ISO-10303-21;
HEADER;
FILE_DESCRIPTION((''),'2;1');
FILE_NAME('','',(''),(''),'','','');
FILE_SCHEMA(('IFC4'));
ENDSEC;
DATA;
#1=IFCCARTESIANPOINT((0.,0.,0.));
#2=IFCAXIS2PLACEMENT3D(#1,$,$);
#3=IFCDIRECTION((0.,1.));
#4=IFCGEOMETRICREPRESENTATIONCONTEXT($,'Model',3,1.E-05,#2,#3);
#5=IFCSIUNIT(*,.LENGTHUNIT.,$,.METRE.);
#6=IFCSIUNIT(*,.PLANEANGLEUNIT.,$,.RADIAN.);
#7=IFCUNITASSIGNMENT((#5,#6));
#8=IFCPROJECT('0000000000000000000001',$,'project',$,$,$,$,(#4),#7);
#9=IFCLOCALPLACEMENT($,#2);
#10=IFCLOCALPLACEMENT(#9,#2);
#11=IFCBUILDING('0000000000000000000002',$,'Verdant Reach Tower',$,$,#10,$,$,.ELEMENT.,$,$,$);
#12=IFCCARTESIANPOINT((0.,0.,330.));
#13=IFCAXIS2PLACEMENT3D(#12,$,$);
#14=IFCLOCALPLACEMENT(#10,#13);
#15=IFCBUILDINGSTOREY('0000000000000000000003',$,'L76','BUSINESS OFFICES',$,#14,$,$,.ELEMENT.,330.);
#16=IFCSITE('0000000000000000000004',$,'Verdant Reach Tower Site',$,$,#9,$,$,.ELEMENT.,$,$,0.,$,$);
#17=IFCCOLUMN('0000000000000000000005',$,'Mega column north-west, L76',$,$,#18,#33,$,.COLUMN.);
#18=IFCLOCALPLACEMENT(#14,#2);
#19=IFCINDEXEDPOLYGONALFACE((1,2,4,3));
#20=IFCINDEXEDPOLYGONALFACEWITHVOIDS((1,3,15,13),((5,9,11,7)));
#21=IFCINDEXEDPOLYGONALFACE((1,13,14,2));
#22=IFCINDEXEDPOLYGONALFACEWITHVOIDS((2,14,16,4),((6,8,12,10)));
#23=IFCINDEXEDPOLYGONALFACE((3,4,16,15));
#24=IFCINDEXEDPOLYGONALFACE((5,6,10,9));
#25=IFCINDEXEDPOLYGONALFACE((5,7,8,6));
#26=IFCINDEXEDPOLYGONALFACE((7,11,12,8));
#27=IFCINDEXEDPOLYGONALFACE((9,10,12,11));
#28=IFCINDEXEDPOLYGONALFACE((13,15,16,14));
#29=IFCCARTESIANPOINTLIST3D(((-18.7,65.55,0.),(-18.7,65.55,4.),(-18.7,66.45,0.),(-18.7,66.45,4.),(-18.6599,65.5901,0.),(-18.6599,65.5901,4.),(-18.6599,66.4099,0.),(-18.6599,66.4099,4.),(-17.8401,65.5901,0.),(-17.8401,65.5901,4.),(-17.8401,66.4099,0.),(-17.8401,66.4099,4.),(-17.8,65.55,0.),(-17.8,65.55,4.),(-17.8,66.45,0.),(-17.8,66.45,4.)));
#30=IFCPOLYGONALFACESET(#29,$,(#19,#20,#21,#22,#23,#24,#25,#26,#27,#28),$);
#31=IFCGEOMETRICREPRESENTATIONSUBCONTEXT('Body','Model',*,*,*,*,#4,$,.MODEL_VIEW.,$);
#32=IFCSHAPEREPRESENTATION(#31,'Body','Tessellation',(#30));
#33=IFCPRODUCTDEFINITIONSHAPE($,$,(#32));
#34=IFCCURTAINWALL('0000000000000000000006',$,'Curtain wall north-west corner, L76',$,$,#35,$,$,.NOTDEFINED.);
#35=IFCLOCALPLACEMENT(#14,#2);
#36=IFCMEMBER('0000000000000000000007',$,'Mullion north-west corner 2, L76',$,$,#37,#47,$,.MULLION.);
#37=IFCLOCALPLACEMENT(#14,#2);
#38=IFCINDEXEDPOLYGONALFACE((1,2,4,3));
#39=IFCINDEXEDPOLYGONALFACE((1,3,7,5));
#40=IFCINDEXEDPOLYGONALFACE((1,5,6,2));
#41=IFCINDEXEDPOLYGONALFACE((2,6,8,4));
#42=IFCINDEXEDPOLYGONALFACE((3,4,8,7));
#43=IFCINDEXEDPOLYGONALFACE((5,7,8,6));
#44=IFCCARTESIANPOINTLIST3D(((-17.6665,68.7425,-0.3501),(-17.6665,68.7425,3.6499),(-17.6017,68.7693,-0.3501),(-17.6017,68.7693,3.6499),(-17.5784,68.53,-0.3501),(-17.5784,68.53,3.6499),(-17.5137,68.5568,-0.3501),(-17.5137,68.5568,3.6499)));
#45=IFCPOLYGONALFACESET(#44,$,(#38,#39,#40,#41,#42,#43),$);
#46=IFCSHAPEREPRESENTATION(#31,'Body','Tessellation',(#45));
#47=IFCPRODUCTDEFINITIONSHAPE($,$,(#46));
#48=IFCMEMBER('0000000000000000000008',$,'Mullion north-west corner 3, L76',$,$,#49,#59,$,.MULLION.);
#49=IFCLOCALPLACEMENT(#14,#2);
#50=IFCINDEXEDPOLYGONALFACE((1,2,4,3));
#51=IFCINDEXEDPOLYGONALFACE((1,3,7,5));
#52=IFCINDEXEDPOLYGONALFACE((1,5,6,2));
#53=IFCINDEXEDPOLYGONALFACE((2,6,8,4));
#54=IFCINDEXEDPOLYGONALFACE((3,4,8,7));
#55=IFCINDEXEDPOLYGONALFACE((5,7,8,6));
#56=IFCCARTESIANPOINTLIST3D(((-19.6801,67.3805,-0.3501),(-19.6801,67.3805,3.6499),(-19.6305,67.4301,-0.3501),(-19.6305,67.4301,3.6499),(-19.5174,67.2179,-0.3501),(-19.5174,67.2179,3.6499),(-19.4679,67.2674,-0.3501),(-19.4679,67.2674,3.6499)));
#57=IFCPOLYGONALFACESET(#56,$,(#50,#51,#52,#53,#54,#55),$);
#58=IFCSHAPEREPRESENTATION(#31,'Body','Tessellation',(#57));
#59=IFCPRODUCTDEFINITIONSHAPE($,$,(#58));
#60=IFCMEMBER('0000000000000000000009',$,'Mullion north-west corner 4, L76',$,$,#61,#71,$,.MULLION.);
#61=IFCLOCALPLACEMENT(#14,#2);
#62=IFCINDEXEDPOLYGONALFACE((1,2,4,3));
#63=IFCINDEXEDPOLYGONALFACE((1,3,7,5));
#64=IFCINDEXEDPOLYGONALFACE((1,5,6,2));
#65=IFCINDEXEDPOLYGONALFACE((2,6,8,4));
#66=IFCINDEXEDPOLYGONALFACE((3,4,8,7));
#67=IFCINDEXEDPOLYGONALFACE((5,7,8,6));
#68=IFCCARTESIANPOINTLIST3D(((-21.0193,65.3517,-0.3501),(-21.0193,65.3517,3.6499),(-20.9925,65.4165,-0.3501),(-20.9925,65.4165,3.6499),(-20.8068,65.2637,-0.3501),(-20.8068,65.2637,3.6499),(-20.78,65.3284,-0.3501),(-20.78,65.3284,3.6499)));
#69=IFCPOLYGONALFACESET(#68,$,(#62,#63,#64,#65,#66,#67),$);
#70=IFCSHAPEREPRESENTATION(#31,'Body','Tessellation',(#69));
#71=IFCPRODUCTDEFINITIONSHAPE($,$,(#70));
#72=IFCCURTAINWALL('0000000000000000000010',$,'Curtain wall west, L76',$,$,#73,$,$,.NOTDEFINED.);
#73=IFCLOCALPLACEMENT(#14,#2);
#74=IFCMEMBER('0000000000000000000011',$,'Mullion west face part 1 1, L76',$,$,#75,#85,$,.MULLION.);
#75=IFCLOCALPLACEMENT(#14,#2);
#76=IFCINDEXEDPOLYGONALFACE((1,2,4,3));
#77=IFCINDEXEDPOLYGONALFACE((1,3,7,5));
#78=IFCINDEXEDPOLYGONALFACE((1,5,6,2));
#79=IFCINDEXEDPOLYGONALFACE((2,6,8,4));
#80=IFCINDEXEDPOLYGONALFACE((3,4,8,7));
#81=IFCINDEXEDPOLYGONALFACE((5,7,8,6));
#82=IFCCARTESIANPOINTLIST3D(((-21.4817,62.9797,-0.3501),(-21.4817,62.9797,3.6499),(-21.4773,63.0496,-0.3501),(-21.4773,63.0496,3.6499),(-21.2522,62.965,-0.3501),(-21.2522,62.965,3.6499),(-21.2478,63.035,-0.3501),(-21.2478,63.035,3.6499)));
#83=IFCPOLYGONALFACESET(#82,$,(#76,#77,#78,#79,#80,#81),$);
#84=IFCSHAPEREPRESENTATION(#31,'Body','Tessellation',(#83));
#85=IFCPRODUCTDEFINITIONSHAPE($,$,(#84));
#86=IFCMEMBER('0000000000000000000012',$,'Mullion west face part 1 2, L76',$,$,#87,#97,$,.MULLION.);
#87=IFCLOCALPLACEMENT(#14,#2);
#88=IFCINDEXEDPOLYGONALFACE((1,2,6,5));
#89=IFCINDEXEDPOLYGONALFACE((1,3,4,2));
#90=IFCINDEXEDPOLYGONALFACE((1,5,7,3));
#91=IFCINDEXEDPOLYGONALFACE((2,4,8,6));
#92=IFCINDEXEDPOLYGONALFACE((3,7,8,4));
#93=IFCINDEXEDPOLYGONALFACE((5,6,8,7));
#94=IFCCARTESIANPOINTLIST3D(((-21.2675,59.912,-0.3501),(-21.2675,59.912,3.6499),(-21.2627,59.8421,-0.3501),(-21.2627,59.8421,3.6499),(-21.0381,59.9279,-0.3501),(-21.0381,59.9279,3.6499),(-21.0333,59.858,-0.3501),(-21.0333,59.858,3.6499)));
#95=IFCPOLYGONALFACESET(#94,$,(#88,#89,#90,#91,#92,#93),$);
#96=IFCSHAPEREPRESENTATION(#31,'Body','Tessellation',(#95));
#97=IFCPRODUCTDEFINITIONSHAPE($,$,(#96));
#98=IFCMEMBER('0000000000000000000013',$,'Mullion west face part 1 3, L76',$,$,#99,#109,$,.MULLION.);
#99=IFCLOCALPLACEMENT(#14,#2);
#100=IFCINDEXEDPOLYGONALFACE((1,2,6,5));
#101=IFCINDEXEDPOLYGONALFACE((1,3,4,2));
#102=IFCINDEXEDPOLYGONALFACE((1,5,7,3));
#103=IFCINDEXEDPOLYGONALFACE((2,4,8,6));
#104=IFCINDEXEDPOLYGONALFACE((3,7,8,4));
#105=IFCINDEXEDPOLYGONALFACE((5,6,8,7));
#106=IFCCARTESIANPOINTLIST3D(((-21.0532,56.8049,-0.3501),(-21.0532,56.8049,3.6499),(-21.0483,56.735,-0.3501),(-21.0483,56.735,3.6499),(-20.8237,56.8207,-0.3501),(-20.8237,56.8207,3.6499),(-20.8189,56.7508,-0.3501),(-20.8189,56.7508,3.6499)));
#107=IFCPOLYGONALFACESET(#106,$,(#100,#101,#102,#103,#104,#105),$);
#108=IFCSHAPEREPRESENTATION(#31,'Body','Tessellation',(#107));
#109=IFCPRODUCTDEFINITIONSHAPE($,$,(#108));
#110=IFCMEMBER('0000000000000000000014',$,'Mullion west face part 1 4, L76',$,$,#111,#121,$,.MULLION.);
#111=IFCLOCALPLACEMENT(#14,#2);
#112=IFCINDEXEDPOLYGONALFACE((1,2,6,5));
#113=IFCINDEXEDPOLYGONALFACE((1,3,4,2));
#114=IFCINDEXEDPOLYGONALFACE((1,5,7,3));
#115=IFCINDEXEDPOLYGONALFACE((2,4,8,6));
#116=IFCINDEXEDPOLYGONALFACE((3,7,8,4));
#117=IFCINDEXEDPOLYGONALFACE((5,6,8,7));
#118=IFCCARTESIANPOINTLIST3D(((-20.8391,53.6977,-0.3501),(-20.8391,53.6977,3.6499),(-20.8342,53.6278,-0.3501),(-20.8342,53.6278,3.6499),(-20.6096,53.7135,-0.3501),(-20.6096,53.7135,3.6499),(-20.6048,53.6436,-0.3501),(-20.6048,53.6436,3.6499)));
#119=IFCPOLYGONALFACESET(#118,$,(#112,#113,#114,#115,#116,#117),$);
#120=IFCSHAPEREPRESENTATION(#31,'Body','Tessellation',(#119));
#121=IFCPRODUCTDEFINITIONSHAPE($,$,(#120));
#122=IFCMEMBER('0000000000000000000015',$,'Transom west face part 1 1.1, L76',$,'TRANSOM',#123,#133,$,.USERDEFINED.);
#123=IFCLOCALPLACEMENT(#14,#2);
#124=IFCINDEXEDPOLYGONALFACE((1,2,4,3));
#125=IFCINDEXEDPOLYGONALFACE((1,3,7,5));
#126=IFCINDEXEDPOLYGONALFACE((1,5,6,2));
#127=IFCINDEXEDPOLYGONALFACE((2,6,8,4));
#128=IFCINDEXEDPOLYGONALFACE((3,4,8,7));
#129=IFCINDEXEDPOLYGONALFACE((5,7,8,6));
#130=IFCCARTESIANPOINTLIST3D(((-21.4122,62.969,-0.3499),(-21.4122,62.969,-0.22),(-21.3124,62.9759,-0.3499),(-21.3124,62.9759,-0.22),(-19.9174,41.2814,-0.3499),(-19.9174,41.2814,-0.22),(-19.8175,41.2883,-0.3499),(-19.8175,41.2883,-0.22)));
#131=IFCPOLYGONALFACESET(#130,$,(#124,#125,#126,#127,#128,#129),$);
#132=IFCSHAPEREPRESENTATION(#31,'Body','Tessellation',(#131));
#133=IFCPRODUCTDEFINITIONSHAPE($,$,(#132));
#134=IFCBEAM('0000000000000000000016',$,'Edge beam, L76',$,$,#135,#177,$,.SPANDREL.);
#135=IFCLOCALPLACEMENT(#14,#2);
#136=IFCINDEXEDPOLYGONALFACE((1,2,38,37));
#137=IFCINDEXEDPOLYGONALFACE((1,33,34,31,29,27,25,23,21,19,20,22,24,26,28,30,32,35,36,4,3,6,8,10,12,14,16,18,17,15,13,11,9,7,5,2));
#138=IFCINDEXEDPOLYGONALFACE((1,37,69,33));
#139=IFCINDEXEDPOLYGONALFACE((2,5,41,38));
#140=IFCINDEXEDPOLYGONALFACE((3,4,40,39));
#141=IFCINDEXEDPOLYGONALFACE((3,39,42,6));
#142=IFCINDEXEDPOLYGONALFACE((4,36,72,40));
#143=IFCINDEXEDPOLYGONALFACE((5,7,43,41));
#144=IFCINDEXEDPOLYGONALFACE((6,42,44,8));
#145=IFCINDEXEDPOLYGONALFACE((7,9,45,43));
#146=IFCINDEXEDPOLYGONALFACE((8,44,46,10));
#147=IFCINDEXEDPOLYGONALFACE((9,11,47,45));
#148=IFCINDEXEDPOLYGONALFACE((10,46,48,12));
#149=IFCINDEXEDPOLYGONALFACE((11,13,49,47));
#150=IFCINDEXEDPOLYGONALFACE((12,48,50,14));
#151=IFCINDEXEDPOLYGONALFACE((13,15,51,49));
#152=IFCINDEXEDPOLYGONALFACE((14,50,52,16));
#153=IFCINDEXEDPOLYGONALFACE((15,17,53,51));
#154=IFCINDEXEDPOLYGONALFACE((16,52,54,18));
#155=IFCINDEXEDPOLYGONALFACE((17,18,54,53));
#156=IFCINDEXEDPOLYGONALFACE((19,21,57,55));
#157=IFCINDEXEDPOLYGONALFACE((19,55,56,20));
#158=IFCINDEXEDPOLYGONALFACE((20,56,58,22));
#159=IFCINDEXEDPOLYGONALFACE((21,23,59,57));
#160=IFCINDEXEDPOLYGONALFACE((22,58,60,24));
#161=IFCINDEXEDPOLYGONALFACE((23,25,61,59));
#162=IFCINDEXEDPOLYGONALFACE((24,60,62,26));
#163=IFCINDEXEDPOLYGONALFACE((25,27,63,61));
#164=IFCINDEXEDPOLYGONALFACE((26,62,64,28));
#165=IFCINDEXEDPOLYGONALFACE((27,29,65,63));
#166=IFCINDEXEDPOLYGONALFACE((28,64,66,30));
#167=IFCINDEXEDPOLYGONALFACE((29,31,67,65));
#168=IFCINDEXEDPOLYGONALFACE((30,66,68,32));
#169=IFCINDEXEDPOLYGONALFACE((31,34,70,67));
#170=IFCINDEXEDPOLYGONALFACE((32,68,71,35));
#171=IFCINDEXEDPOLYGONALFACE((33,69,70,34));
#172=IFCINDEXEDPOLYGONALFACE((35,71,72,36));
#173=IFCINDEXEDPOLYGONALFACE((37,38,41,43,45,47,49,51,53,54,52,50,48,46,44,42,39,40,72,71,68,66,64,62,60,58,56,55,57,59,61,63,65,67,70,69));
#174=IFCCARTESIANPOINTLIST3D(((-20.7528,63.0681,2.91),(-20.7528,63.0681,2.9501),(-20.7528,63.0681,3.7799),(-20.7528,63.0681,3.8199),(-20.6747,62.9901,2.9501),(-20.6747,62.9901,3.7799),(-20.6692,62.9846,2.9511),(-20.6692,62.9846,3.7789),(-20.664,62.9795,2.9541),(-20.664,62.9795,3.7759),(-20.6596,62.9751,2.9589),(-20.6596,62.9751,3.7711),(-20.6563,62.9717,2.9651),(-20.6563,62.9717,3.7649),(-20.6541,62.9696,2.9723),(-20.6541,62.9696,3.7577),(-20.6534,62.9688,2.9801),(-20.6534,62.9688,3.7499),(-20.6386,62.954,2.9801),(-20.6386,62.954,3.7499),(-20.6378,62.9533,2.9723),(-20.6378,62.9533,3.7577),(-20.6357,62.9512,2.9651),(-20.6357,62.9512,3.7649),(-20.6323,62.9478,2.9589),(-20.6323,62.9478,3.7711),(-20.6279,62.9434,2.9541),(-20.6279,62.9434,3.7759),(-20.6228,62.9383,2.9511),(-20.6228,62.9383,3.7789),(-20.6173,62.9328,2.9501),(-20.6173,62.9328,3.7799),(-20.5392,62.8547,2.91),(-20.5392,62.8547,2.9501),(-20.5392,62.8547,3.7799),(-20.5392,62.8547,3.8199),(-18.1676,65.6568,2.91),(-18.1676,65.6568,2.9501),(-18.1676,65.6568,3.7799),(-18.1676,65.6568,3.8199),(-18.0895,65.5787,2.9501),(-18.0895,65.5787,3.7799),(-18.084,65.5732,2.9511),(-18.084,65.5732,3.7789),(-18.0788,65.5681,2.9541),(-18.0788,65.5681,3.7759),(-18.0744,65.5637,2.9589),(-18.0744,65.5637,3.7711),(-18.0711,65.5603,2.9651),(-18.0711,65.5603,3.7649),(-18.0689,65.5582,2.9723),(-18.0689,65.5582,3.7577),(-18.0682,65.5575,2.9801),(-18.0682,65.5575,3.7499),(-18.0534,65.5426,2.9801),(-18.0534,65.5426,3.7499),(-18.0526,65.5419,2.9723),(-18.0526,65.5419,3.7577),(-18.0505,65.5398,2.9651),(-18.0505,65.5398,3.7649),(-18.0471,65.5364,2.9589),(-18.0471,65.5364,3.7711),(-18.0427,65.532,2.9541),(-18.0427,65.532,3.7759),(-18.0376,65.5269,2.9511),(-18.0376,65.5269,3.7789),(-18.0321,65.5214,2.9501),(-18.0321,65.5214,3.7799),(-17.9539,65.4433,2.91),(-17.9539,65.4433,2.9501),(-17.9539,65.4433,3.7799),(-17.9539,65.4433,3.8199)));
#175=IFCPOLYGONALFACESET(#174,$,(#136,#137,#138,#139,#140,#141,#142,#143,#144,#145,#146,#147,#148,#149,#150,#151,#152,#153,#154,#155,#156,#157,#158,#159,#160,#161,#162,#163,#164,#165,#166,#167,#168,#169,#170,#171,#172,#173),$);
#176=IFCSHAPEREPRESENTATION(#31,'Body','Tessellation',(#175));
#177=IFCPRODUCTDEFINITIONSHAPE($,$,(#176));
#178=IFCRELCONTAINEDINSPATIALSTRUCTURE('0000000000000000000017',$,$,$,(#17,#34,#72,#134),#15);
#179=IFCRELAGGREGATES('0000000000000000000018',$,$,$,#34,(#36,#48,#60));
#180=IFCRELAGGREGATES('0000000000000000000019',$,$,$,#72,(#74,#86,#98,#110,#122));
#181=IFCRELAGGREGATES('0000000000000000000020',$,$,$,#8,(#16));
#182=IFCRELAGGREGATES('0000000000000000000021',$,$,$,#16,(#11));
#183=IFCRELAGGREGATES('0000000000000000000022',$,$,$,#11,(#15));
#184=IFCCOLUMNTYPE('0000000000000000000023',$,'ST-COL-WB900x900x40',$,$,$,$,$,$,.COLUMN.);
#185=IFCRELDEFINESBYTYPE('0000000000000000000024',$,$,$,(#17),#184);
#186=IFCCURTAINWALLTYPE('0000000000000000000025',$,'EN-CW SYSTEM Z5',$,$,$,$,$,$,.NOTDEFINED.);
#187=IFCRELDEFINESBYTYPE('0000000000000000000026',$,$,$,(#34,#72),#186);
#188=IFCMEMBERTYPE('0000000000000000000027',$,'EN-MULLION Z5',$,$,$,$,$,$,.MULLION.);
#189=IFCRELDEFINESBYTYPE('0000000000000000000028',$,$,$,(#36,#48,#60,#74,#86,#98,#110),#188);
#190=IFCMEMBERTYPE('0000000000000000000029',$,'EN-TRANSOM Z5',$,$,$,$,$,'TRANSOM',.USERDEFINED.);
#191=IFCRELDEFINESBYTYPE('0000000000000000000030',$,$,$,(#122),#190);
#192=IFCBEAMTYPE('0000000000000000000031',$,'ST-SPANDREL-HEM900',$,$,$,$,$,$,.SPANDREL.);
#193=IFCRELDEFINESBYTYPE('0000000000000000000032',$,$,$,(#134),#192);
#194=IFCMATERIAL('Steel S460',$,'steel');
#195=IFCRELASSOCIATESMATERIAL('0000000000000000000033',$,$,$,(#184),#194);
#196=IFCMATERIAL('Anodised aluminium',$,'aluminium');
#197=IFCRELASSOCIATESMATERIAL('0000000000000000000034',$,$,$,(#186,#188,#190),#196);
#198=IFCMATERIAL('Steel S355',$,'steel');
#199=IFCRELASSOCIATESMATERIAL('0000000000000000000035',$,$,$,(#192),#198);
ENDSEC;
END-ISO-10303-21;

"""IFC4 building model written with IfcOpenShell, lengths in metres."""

from ifc_helpers import new_model, si_unit, direction, frame, origin, origin_2d, place, context, subcontext, project, spatial, rectangle, hollow_rectangle, i_section, extrude, material, material_profile, profile_set, type_object, element, aggregate, save


model = new_model("IFC4")

# Units and contexts
model_context = context("Model", 3, precision=1e-05, world=origin(), true_north=direction((0.0, 1.0)))
body_context = subcontext(model_context, "Body", "Model", "MODEL_VIEW")
ifc_project = project(units=[si_unit("LENGTHUNIT", "METRE"), si_unit("PLANEANGLEUNIT", "RADIAN")], contexts=[model_context])

# Site, building, storey
site_placement = place(None, origin())
site = spatial("IfcSite", under=ifc_project, at=site_placement, Name="Verdant Reach Tower Site", CompositionType="ELEMENT", RefElevation=0.0)
building_placement = place(site_placement, origin())
building = spatial("IfcBuilding", under=site, at=building_placement, Name="Verdant Reach Tower", CompositionType="ELEMENT")
storey_placement = place(building_placement, frame((0.0, 0.0, 330.0)))
storey = spatial("IfcBuildingStorey", under=building, at=storey_placement, Name="L76", Description="BUSINESS OFFICES", CompositionType="ELEMENT", Elevation=330.0)

# Column
ifc_material_1 = material(Name="Steel S460", Category="steel")
ifc_material_profile_1 = material_profile(ifc_material_1, hollow_rectangle(XDim=0.8999, YDim=0.8999, WallThickness=0.04, at=origin_2d()), Name="WB 900x900x40")
ifc_profile_set_1 = profile_set([ifc_material_profile_1], Name="Steel S460")
column_type = type_object("IfcColumnType", Name="ST-COL-WB900x900x40", PredefinedType="COLUMN", material=ifc_profile_set_1)
column_placement = place(storey_placement, frame((-18.25, 66.0, 0.0), z_axis=(0.0, 0.0, 1.0), x_axis=(1.0, 0.0, 0.0)))
element("IfcColumn", 1, at=column_placement, inside=storey, type_object=column_type, Name="Mega column north-west, L76", PredefinedType="COLUMN", context=body_context, shape_type="SweptSolid", body=[
    extrude(hollow_rectangle(XDim=0.8999, YDim=0.8999, WallThickness=0.04, at=origin_2d()), origin(), (0.0, 0.0, 1.0), 4.0),
])

# Curtain walls, members
ifc_material_2 = material(Name="Anodised aluminium", Category="aluminium")
curtain_wall_type = type_object("IfcCurtainWallType", Name="EN-CW SYSTEM Z5", PredefinedType="NOTDEFINED", material=ifc_material_2)
curtain_wall_1_placement = place(storey_placement, origin())
curtain_wall_1 = element("IfcCurtainWall", 2, at=curtain_wall_1_placement, inside=storey, type_object=curtain_wall_type, Name="Curtain wall north-west corner, L76", PredefinedType="NOTDEFINED")
ifc_material_profile_2 = material_profile(ifc_material_2, rectangle(XDim=0.23, YDim=0.0701, at=origin_2d()), Name="Mullion 70x230")
ifc_profile_set_2 = profile_set([ifc_material_profile_2], Name="Anodised aluminium")
member_type_1 = type_object("IfcMemberType", Name="EN-MULLION Z5", PredefinedType="MULLION", material=ifc_profile_set_2)
member_1_placement = place(storey_placement, frame((-17.5901, 68.6497, -0.3501), z_axis=(0.0, 0.0, 1.0), x_axis=(-0.382694, 0.923875, 0.0)))
member_1 = element("IfcMember", 3, at=member_1_placement, type_object=member_type_1, Name="Mullion north-west corner 2, L76", PredefinedType="MULLION", context=body_context, shape_type="SweptSolid", body=[
    extrude(rectangle(XDim=0.23, YDim=0.0701, at=origin_2d()), origin(), (0.0, 0.0, 1.0), 4.0),
])
member_2_placement = place(storey_placement, frame((-19.574, 67.324, -0.3501), z_axis=(0.0, 0.0, 1.0), x_axis=(-0.707107, 0.707107, 0.0)))
member_2 = element("IfcMember", 4, at=member_2_placement, type_object=member_type_1, Name="Mullion north-west corner 3, L76", PredefinedType="MULLION", context=body_context, shape_type="SweptSolid", body=[
    extrude(rectangle(XDim=0.23, YDim=0.0701, at=origin_2d()), origin(), (0.0, 0.0, 1.0), 4.0),
])
member_3_placement = place(storey_placement, frame((-20.8997, 65.3401, -0.3501), z_axis=(0.0, 0.0, 1.0), x_axis=(-0.923875, 0.382694, 0.0)))
member_3 = element("IfcMember", 5, at=member_3_placement, type_object=member_type_1, Name="Mullion north-west corner 4, L76", PredefinedType="MULLION", context=body_context, shape_type="SweptSolid", body=[
    extrude(rectangle(XDim=0.23, YDim=0.0701, at=origin_2d()), origin(), (0.0, 0.0, 1.0), 4.0),
])
curtain_wall_2_placement = place(storey_placement, origin())
curtain_wall_2 = element("IfcCurtainWall", 6, at=curtain_wall_2_placement, inside=storey, type_object=curtain_wall_type, Name="Curtain wall west, L76", PredefinedType="NOTDEFINED")
member_4_placement = place(storey_placement, frame((-21.3647, 63.0073, -0.3501), z_axis=(0.0, 0.0, 1.0), x_axis=(-0.997969, 0.063699, 0.0)))
member_4 = element("IfcMember", 7, at=member_4_placement, type_object=member_type_1, Name="Mullion west face part 1 1, L76", PredefinedType="MULLION", context=body_context, shape_type="SweptSolid", body=[
    extrude(rectangle(XDim=0.23, YDim=0.0701, at=origin_2d()), origin(), (0.0, 0.0, 1.0), 4.0),
])
member_5_placement = place(storey_placement, frame((-21.1504, 59.885, -0.3501), z_axis=(0.0, 0.0, 1.0), x_axis=(-0.99763, -0.068802, 0.0)))
member_5 = element("IfcMember", 8, at=member_5_placement, type_object=member_type_1, Name="Mullion west face part 1 2, L76", PredefinedType="MULLION", context=body_context, shape_type="SweptSolid", body=[
    extrude(rectangle(XDim=0.23, YDim=0.0701, at=origin_2d()), origin(), (0.0, 0.0, 1.0), 4.0),
])
member_6_placement = place(storey_placement, frame((-20.936, 56.7778, -0.3501), z_axis=(0.0, 0.0, 1.0), x_axis=(-0.99763, -0.068802, 0.0)))
member_6 = element("IfcMember", 9, at=member_6_placement, type_object=member_type_1, Name="Mullion west face part 1 3, L76", PredefinedType="MULLION", context=body_context, shape_type="SweptSolid", body=[
    extrude(rectangle(XDim=0.23, YDim=0.0701, at=origin_2d()), origin(), (0.0, 0.0, 1.0), 4.0),
])
member_7_placement = place(storey_placement, frame((-20.7219, 53.6707, -0.3501), z_axis=(0.0, 0.0, 1.0), x_axis=(-0.99763, -0.068802, 0.0)))
member_7 = element("IfcMember", 10, at=member_7_placement, type_object=member_type_1, Name="Mullion west face part 1 4, L76", PredefinedType="MULLION", context=body_context, shape_type="SweptSolid", body=[
    extrude(rectangle(XDim=0.23, YDim=0.0701, at=origin_2d()), origin(), (0.0, 0.0, 1.0), 4.0),
])
ifc_material_profile_3 = material_profile(ifc_material_2, rectangle(XDim=0.1001, YDim=0.1299, at=origin_2d()), Name="Transom 130x100")
ifc_profile_set_3 = profile_set([ifc_material_profile_3], Name="Anodised aluminium")
member_type_2 = type_object("IfcMemberType", Name="EN-TRANSOM Z5", ElementType="TRANSOM", PredefinedType="USERDEFINED", material=ifc_profile_set_3)
member_8_placement = place(storey_placement, frame((-21.3623, 62.9724, -0.2849), z_axis=(0.068765, -0.997633, 0.0), x_axis=(0.997633, 0.068765, 0.0)))
member_8 = element("IfcMember", 11, at=member_8_placement, type_object=member_type_2, Name="Transom west face part 1 1.1, L76", ObjectType="TRANSOM", PredefinedType="USERDEFINED", context=body_context, shape_type="SweptSolid", body=[
    extrude(rectangle(XDim=0.1001, YDim=0.1299, at=origin_2d()), origin(), (0.0, 0.0, 1.0), 21.739),
])

# Beam
ifc_material_3 = material(Name="Steel S355", Category="steel")
ifc_material_profile_4 = material_profile(ifc_material_3, i_section(OverallWidth=0.302, OverallDepth=0.9099, WebThickness=0.021, FlangeThickness=0.04, FilletRadius=0.03, at=origin_2d()), Name="HEM 900")
ifc_profile_set_4 = profile_set([ifc_material_profile_4], Name="Steel S355")
beam_type = type_object("IfcBeamType", Name="ST-SPANDREL-HEM900", PredefinedType="SPANDREL", material=ifc_profile_set_4)
beam_1_placement = place(storey_placement, frame((-20.646, 62.9614, 3.365), z_axis=(0.706639, 0.707574, 0.0), x_axis=(-0.707574, 0.706639, 0.0)))
element("IfcBeam", 12, at=beam_1_placement, inside=storey, type_object=beam_type, Name="Edge beam, L76", PredefinedType="SPANDREL", context=body_context, shape_type="SweptSolid", body=[
    extrude(i_section(OverallWidth=0.302, OverallDepth=0.9099, WebThickness=0.021, FlangeThickness=0.04, FilletRadius=0.03, at=origin_2d()), origin(), (0.0, 0.0, 1.0), 3.6584),
])

aggregate(curtain_wall_1, [member_1, member_2, member_3])
aggregate(curtain_wall_2, [member_4, member_5, member_6, member_7, member_8])

save(model, "model.ifc")
